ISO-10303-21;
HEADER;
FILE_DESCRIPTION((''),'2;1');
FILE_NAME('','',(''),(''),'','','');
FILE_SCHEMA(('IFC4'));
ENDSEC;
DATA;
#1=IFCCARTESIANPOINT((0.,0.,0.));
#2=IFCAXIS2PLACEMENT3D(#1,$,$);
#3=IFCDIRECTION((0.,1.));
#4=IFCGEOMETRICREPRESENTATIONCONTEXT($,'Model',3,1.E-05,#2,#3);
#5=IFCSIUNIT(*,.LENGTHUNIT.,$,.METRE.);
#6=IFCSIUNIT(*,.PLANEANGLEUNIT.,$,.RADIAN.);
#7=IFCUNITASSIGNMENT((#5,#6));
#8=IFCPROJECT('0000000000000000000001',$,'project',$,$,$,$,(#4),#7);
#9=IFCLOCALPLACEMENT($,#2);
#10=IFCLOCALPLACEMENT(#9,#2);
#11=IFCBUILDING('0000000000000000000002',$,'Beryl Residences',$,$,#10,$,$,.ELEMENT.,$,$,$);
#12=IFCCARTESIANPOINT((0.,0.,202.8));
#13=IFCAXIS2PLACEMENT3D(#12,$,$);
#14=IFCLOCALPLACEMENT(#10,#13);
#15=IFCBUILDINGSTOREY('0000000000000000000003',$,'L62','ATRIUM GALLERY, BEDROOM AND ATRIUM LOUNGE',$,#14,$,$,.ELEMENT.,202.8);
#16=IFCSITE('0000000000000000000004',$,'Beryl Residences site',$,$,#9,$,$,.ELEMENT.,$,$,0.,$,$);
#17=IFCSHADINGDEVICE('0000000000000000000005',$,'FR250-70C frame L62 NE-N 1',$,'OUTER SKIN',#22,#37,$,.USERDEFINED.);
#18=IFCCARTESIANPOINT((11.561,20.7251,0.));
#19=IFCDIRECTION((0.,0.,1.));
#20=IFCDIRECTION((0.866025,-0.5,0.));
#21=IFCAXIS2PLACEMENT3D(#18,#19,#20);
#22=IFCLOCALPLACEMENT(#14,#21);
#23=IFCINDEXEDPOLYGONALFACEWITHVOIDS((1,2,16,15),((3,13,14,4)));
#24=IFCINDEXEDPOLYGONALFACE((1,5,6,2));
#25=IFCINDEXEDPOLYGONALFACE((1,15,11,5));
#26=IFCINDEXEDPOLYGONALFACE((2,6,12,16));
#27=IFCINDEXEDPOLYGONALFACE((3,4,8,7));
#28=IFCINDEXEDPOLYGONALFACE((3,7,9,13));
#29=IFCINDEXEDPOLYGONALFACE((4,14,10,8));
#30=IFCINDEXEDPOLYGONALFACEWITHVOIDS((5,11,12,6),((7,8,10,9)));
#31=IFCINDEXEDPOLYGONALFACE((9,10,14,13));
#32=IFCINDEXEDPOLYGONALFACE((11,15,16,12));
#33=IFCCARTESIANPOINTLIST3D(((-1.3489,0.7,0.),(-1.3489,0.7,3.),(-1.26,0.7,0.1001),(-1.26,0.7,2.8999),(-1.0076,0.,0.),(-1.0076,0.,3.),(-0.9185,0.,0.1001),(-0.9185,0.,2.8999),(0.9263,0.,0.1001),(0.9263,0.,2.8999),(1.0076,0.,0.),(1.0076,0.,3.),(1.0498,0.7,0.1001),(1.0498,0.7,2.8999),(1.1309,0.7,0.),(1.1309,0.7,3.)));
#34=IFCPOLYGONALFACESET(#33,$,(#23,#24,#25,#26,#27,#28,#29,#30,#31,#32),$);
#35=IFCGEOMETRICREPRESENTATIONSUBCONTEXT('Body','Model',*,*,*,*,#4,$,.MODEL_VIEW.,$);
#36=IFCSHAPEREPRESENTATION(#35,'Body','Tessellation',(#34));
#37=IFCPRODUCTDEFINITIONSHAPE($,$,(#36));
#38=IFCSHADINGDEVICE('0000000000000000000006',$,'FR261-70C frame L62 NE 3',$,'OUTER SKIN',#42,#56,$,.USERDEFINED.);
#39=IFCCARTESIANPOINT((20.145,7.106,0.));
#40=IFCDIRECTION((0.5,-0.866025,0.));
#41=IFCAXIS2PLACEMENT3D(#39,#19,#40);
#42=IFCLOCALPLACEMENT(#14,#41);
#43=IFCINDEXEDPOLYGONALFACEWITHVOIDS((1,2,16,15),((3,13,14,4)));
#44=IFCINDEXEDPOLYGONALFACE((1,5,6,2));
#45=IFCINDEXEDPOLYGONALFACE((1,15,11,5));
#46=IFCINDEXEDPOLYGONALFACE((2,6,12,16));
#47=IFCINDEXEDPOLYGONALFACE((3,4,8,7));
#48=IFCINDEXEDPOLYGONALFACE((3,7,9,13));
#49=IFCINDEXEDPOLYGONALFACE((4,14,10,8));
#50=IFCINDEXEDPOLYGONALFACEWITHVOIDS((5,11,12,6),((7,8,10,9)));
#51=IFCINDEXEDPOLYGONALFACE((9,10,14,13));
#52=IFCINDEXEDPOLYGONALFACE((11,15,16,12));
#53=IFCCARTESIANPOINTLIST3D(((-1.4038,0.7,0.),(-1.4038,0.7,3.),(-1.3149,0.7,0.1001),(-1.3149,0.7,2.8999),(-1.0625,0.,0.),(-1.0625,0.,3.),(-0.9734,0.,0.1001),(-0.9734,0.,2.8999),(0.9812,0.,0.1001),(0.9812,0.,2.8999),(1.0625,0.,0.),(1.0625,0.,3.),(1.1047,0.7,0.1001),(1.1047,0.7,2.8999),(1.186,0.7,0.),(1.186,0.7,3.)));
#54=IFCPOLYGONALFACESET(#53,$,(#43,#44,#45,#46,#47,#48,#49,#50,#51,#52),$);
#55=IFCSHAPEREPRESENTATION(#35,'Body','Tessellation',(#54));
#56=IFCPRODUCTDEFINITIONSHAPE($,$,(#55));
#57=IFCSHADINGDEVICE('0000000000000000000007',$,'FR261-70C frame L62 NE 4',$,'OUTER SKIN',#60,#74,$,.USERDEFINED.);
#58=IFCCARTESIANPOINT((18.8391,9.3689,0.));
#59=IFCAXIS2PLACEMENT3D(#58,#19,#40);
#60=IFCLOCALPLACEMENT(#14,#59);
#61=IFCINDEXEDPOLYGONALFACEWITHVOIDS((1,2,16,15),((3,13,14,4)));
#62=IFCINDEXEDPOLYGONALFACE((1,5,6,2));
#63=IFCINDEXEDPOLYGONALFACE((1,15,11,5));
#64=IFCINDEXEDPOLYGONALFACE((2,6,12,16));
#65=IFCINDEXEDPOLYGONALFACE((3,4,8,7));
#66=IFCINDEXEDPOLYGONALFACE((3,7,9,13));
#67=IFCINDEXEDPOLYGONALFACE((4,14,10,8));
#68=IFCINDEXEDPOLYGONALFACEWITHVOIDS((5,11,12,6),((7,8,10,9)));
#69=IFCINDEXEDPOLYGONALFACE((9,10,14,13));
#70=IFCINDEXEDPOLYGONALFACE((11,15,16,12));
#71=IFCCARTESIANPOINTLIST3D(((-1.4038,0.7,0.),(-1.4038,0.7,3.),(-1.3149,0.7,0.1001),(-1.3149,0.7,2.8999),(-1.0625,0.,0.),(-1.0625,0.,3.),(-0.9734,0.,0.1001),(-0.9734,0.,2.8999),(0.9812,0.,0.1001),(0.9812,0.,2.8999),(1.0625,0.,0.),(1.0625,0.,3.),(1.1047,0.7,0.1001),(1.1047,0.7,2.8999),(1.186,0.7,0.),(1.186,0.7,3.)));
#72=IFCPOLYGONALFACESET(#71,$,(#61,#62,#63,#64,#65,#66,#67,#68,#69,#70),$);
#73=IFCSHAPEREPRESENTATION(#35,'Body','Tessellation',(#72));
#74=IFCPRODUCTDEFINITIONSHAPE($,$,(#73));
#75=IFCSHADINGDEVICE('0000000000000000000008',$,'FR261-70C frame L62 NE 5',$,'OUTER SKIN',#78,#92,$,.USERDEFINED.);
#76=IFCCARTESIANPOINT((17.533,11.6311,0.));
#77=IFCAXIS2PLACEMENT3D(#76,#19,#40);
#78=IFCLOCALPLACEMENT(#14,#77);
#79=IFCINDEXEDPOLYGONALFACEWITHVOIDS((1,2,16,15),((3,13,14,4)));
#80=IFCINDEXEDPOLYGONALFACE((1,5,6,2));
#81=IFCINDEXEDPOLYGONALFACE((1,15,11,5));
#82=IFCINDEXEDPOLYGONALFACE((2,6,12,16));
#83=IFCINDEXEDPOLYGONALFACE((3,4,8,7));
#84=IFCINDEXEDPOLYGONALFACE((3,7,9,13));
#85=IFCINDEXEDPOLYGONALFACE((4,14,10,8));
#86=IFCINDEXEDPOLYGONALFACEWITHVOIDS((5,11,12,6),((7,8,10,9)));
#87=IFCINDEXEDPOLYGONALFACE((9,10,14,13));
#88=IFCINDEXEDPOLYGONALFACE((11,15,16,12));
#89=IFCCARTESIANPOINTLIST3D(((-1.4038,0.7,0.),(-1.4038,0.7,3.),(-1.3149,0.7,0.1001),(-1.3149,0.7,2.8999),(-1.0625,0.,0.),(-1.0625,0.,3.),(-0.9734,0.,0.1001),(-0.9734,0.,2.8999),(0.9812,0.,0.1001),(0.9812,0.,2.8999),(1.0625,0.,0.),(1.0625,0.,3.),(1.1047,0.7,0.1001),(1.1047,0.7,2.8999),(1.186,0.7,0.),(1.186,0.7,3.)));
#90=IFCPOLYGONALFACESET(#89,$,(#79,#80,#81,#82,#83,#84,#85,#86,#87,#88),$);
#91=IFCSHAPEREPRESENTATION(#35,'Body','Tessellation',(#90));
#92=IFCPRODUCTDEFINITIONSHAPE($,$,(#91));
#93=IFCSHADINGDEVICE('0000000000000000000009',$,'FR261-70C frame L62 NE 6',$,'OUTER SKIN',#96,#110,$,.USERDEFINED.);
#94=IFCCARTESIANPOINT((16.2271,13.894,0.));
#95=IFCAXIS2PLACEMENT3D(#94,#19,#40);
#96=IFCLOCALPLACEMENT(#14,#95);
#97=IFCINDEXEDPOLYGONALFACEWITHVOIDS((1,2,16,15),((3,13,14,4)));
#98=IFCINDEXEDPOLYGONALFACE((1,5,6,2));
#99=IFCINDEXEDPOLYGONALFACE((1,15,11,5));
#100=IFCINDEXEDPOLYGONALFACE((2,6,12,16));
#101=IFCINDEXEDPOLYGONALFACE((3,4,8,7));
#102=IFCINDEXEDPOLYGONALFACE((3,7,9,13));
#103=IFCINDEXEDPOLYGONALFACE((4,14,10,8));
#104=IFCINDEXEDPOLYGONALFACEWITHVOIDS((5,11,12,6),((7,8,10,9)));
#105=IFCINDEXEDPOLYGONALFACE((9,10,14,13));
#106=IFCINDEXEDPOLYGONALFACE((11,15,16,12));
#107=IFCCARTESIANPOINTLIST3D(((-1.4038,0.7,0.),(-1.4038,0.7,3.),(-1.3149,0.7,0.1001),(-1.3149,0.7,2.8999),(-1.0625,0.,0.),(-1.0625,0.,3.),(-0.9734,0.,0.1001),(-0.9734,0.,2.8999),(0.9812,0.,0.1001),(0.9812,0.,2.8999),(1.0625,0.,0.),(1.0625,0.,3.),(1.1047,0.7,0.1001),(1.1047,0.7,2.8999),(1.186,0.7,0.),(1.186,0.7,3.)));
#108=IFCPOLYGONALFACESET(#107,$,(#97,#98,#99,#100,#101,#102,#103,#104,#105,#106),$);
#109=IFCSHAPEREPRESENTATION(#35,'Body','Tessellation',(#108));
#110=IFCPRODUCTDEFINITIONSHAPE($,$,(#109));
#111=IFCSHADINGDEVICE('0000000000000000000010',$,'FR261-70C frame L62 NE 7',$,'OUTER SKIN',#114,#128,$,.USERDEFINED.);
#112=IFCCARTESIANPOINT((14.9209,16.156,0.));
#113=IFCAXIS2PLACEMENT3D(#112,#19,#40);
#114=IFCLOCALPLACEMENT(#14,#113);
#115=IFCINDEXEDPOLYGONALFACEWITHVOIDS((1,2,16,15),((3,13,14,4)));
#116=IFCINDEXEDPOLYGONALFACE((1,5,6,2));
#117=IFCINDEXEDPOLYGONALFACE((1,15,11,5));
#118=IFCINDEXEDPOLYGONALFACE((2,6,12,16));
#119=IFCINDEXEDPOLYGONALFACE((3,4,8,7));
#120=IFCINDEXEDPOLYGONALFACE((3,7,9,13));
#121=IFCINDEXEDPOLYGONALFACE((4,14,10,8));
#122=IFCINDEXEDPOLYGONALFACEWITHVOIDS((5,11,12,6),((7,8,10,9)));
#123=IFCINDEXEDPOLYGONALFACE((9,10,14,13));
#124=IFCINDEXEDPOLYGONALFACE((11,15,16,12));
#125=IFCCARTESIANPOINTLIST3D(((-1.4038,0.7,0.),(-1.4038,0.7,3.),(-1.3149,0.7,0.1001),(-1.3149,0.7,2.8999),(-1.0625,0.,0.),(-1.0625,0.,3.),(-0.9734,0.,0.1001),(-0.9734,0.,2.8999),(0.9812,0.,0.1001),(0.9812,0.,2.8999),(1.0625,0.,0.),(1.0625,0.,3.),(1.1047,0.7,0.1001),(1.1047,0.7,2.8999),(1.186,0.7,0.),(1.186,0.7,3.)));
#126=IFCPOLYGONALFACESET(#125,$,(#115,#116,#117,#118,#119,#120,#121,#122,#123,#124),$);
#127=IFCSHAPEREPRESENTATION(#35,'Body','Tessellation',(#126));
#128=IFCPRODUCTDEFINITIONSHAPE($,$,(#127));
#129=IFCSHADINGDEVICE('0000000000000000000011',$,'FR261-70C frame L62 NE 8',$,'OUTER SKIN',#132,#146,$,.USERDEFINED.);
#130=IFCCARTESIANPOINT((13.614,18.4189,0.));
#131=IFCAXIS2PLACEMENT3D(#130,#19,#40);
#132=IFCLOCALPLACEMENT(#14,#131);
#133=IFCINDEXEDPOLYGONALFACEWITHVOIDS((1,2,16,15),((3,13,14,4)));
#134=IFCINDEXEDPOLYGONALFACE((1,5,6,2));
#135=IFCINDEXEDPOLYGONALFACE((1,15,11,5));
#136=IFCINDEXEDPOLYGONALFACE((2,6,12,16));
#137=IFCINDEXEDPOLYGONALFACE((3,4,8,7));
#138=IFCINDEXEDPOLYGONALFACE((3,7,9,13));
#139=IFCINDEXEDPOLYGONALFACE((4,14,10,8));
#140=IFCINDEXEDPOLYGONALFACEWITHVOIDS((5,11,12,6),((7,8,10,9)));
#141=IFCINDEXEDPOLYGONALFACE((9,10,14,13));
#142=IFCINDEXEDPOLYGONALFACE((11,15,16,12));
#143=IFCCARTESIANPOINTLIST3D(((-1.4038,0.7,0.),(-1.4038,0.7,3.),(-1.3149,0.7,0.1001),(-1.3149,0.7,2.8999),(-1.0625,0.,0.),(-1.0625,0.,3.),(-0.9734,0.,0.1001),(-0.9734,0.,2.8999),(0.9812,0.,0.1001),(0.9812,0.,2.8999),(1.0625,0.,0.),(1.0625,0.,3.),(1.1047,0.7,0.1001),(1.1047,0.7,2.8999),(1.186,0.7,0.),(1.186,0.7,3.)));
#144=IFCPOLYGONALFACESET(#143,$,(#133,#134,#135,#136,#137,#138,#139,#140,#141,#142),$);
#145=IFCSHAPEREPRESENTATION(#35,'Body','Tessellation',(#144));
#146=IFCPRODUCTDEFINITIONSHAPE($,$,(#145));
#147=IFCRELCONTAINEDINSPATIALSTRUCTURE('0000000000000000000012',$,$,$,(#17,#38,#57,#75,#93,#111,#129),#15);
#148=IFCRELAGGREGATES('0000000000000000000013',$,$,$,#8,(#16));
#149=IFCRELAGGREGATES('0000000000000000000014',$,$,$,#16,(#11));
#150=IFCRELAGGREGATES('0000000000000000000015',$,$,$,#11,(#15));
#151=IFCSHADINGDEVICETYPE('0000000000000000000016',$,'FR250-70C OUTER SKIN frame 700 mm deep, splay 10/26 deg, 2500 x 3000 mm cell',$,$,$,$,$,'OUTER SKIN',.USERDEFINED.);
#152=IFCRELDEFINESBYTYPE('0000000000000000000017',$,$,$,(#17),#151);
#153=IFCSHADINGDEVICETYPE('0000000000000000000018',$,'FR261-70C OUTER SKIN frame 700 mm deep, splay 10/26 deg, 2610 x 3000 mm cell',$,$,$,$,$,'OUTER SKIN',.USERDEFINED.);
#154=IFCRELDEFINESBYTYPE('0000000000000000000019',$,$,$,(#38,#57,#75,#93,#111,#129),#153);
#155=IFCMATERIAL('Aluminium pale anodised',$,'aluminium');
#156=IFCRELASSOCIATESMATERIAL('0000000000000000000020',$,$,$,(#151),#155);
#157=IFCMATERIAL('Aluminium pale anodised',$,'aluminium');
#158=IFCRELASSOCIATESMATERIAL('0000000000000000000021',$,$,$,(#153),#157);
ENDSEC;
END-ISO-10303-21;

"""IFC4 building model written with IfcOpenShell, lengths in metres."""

from ifc_helpers import new_model, entity, si_unit, direction, frame, origin, place, context, subcontext, project, spatial, source, transform, mapped, material, type_object, type_shapes, element, save


model = new_model("IFC4")

# Units and contexts
model_context = context("Model", 3, precision=1e-05, world=origin(), true_north=direction((0.0, 1.0)))
body_context = subcontext(model_context, "Body", "Model", "MODEL_VIEW")
ifc_project = project(units=[si_unit("LENGTHUNIT", "METRE"), si_unit("PLANEANGLEUNIT", "RADIAN")], contexts=[model_context])

# Site, building, storey
site_placement = place(None, origin())
site = spatial("IfcSite", under=ifc_project, at=site_placement, Name="Beryl Residences site", CompositionType="ELEMENT", RefElevation=0.0)
building_placement = place(site_placement, origin())
building = spatial("IfcBuilding", under=site, at=building_placement, Name="Beryl Residences", CompositionType="ELEMENT")
storey_placement = place(building_placement, frame((0.0, 0.0, 202.8)))
storey = spatial("IfcBuildingStorey", under=building, at=storey_placement, Name="L62", Description="ATRIUM GALLERY, BEDROOM AND ATRIUM LOUNGE", CompositionType="ELEMENT", Elevation=202.8)

# Shading devices
ifc_material_1 = material(Name="Aluminium pale anodised", Category="aluminium")
shading_device_type_1 = type_object("IfcShadingDeviceType", Name="FR250-70C OUTER SKIN frame 700 mm deep, splay 10/26 deg, 2500 x 3000 mm cell", ElementType="OUTER SKIN", PredefinedType="USERDEFINED", material=ifc_material_1)
cartesian_point_1 = entity("IfcCartesianPoint", [-1.0076, 0.0])
cartesian_point_2 = entity("IfcCartesianPoint", [-0.9263, 0.1001])
cartesian_point_3 = entity("IfcCartesianPoint", [-1.1309, 0.0])
cartesian_point_4 = entity("IfcCartesianPoint", [-1.0498, 0.1001])
shared_shape_1 = source(origin(), body_context, "Body", "SweptSolid", [
    entity("IfcExtrudedAreaSolidTapered", entity("IfcArbitraryProfileDefWithVoids", "AREA", None, entity("IfcPolyline", [cartesian_point_1, entity("IfcCartesianPoint", [1.0076, 0.0]), entity("IfcCartesianPoint", [1.0076, 3.0]), entity("IfcCartesianPoint", [-1.0076, 3.0]), cartesian_point_1]), [entity("IfcPolyline", [cartesian_point_2, entity("IfcCartesianPoint", [0.9185, 0.1001]), entity("IfcCartesianPoint", [0.9185, 2.8999]), entity("IfcCartesianPoint", [-0.9263, 2.8999]), cartesian_point_2])]), entity("IfcAxis2Placement3D", entity("IfcCartesianPoint", [0.0, 0.0, 0.0]), entity("IfcDirection", [0.0, 1.0, 0.0]), entity("IfcDirection", [-1.0, 0.0, 0.0])), entity("IfcDirection", [0.0, 0.0, 1.0]), 0.7, entity("IfcArbitraryProfileDefWithVoids", "AREA", None, entity("IfcPolyline", [cartesian_point_3, entity("IfcCartesianPoint", [1.3489, 0.0]), entity("IfcCartesianPoint", [1.3489, 3.0]), entity("IfcCartesianPoint", [-1.1309, 3.0]), cartesian_point_3]), [entity("IfcPolyline", [cartesian_point_4, entity("IfcCartesianPoint", [1.26, 0.1001]), entity("IfcCartesianPoint", [1.26, 2.8999]), entity("IfcCartesianPoint", [-1.0498, 2.8999]), cartesian_point_4])])),
])
type_shapes(shading_device_type_1, [shared_shape_1])
shading_device_placement = place(storey_placement, frame((11.561, 20.7251, 0.0), z_axis=(0.0, 0.0, 1.0), x_axis=(0.866025, -0.5, 0.0)))
element("IfcShadingDevice", 1, at=shading_device_placement, inside=storey, type_object=shading_device_type_1, Name="FR250-70C frame L62 NE-N 1", ObjectType="OUTER SKIN", PredefinedType="USERDEFINED", context=body_context, shape_type="MappedRepresentation", body=[
    mapped(shared_shape_1, transform((0.0, 0.0, 0.0))),
])
ifc_material_2 = material(Name="Aluminium pale anodised", Category="aluminium")
shading_device_type_2 = type_object("IfcShadingDeviceType", Name="FR261-70C OUTER SKIN frame 700 mm deep, splay 10/26 deg, 2610 x 3000 mm cell", ElementType="OUTER SKIN", PredefinedType="USERDEFINED", material=ifc_material_2)
cartesian_point_5 = entity("IfcCartesianPoint", [-1.0625, 0.0])
cartesian_point_6 = entity("IfcCartesianPoint", [-0.9812, 0.1001])
cartesian_point_7 = entity("IfcCartesianPoint", [-1.186, 0.0])
cartesian_point_8 = entity("IfcCartesianPoint", [-1.1047, 0.1001])
shared_shape_2 = source(origin(), body_context, "Body", "SweptSolid", [
    entity("IfcExtrudedAreaSolidTapered", entity("IfcArbitraryProfileDefWithVoids", "AREA", None, entity("IfcPolyline", [cartesian_point_5, entity("IfcCartesianPoint", [1.0625, 0.0]), entity("IfcCartesianPoint", [1.0625, 3.0]), entity("IfcCartesianPoint", [-1.0625, 3.0]), cartesian_point_5]), [entity("IfcPolyline", [cartesian_point_6, entity("IfcCartesianPoint", [0.9734, 0.1001]), entity("IfcCartesianPoint", [0.9734, 2.8999]), entity("IfcCartesianPoint", [-0.9812, 2.8999]), cartesian_point_6])]), entity("IfcAxis2Placement3D", entity("IfcCartesianPoint", [0.0, 0.0, 0.0]), entity("IfcDirection", [0.0, 1.0, 0.0]), entity("IfcDirection", [-1.0, 0.0, 0.0])), entity("IfcDirection", [0.0, 0.0, 1.0]), 0.7, entity("IfcArbitraryProfileDefWithVoids", "AREA", None, entity("IfcPolyline", [cartesian_point_7, entity("IfcCartesianPoint", [1.4038, 0.0]), entity("IfcCartesianPoint", [1.4038, 3.0]), entity("IfcCartesianPoint", [-1.186, 3.0]), cartesian_point_7]), [entity("IfcPolyline", [cartesian_point_8, entity("IfcCartesianPoint", [1.3149, 0.1001]), entity("IfcCartesianPoint", [1.3149, 2.8999]), entity("IfcCartesianPoint", [-1.1047, 2.8999]), cartesian_point_8])])),
])
type_shapes(shading_device_type_2, [shared_shape_2])
for number, where, z_axis, x_axis, name in (
    (2, (20.145, 7.106, 0.0), (0.0, 0.0, 1.0), (0.5, -0.866025, 0.0), "FR261-70C frame L62 NE 3"),
    (3, (18.8391, 9.3689, 0.0), (0.0, 0.0, 1.0), (0.5, -0.866025, 0.0), "FR261-70C frame L62 NE 4"),
    (4, (17.533, 11.6311, 0.0), (0.0, 0.0, 1.0), (0.5, -0.866025, 0.0), "FR261-70C frame L62 NE 5"),
    (5, (16.2271, 13.894, 0.0), (0.0, 0.0, 1.0), (0.5, -0.866025, 0.0), "FR261-70C frame L62 NE 6"),
    (6, (14.9209, 16.156, 0.0), (0.0, 0.0, 1.0), (0.5, -0.866025, 0.0), "FR261-70C frame L62 NE 7"),
    (7, (13.614, 18.4189, 0.0), (0.0, 0.0, 1.0), (0.5, -0.866025, 0.0), "FR261-70C frame L62 NE 8"),
):
    element("IfcShadingDevice", number, at=place(storey_placement, frame(where, z_axis=z_axis, x_axis=x_axis)), inside=storey, type_object=shading_device_type_2, Name=name, ObjectType="OUTER SKIN", PredefinedType="USERDEFINED", context=body_context, shape_type="MappedRepresentation", body=[
        mapped(shared_shape_2, transform((0.0, 0.0, 0.0))),
    ])

save(model, "model.ifc")
